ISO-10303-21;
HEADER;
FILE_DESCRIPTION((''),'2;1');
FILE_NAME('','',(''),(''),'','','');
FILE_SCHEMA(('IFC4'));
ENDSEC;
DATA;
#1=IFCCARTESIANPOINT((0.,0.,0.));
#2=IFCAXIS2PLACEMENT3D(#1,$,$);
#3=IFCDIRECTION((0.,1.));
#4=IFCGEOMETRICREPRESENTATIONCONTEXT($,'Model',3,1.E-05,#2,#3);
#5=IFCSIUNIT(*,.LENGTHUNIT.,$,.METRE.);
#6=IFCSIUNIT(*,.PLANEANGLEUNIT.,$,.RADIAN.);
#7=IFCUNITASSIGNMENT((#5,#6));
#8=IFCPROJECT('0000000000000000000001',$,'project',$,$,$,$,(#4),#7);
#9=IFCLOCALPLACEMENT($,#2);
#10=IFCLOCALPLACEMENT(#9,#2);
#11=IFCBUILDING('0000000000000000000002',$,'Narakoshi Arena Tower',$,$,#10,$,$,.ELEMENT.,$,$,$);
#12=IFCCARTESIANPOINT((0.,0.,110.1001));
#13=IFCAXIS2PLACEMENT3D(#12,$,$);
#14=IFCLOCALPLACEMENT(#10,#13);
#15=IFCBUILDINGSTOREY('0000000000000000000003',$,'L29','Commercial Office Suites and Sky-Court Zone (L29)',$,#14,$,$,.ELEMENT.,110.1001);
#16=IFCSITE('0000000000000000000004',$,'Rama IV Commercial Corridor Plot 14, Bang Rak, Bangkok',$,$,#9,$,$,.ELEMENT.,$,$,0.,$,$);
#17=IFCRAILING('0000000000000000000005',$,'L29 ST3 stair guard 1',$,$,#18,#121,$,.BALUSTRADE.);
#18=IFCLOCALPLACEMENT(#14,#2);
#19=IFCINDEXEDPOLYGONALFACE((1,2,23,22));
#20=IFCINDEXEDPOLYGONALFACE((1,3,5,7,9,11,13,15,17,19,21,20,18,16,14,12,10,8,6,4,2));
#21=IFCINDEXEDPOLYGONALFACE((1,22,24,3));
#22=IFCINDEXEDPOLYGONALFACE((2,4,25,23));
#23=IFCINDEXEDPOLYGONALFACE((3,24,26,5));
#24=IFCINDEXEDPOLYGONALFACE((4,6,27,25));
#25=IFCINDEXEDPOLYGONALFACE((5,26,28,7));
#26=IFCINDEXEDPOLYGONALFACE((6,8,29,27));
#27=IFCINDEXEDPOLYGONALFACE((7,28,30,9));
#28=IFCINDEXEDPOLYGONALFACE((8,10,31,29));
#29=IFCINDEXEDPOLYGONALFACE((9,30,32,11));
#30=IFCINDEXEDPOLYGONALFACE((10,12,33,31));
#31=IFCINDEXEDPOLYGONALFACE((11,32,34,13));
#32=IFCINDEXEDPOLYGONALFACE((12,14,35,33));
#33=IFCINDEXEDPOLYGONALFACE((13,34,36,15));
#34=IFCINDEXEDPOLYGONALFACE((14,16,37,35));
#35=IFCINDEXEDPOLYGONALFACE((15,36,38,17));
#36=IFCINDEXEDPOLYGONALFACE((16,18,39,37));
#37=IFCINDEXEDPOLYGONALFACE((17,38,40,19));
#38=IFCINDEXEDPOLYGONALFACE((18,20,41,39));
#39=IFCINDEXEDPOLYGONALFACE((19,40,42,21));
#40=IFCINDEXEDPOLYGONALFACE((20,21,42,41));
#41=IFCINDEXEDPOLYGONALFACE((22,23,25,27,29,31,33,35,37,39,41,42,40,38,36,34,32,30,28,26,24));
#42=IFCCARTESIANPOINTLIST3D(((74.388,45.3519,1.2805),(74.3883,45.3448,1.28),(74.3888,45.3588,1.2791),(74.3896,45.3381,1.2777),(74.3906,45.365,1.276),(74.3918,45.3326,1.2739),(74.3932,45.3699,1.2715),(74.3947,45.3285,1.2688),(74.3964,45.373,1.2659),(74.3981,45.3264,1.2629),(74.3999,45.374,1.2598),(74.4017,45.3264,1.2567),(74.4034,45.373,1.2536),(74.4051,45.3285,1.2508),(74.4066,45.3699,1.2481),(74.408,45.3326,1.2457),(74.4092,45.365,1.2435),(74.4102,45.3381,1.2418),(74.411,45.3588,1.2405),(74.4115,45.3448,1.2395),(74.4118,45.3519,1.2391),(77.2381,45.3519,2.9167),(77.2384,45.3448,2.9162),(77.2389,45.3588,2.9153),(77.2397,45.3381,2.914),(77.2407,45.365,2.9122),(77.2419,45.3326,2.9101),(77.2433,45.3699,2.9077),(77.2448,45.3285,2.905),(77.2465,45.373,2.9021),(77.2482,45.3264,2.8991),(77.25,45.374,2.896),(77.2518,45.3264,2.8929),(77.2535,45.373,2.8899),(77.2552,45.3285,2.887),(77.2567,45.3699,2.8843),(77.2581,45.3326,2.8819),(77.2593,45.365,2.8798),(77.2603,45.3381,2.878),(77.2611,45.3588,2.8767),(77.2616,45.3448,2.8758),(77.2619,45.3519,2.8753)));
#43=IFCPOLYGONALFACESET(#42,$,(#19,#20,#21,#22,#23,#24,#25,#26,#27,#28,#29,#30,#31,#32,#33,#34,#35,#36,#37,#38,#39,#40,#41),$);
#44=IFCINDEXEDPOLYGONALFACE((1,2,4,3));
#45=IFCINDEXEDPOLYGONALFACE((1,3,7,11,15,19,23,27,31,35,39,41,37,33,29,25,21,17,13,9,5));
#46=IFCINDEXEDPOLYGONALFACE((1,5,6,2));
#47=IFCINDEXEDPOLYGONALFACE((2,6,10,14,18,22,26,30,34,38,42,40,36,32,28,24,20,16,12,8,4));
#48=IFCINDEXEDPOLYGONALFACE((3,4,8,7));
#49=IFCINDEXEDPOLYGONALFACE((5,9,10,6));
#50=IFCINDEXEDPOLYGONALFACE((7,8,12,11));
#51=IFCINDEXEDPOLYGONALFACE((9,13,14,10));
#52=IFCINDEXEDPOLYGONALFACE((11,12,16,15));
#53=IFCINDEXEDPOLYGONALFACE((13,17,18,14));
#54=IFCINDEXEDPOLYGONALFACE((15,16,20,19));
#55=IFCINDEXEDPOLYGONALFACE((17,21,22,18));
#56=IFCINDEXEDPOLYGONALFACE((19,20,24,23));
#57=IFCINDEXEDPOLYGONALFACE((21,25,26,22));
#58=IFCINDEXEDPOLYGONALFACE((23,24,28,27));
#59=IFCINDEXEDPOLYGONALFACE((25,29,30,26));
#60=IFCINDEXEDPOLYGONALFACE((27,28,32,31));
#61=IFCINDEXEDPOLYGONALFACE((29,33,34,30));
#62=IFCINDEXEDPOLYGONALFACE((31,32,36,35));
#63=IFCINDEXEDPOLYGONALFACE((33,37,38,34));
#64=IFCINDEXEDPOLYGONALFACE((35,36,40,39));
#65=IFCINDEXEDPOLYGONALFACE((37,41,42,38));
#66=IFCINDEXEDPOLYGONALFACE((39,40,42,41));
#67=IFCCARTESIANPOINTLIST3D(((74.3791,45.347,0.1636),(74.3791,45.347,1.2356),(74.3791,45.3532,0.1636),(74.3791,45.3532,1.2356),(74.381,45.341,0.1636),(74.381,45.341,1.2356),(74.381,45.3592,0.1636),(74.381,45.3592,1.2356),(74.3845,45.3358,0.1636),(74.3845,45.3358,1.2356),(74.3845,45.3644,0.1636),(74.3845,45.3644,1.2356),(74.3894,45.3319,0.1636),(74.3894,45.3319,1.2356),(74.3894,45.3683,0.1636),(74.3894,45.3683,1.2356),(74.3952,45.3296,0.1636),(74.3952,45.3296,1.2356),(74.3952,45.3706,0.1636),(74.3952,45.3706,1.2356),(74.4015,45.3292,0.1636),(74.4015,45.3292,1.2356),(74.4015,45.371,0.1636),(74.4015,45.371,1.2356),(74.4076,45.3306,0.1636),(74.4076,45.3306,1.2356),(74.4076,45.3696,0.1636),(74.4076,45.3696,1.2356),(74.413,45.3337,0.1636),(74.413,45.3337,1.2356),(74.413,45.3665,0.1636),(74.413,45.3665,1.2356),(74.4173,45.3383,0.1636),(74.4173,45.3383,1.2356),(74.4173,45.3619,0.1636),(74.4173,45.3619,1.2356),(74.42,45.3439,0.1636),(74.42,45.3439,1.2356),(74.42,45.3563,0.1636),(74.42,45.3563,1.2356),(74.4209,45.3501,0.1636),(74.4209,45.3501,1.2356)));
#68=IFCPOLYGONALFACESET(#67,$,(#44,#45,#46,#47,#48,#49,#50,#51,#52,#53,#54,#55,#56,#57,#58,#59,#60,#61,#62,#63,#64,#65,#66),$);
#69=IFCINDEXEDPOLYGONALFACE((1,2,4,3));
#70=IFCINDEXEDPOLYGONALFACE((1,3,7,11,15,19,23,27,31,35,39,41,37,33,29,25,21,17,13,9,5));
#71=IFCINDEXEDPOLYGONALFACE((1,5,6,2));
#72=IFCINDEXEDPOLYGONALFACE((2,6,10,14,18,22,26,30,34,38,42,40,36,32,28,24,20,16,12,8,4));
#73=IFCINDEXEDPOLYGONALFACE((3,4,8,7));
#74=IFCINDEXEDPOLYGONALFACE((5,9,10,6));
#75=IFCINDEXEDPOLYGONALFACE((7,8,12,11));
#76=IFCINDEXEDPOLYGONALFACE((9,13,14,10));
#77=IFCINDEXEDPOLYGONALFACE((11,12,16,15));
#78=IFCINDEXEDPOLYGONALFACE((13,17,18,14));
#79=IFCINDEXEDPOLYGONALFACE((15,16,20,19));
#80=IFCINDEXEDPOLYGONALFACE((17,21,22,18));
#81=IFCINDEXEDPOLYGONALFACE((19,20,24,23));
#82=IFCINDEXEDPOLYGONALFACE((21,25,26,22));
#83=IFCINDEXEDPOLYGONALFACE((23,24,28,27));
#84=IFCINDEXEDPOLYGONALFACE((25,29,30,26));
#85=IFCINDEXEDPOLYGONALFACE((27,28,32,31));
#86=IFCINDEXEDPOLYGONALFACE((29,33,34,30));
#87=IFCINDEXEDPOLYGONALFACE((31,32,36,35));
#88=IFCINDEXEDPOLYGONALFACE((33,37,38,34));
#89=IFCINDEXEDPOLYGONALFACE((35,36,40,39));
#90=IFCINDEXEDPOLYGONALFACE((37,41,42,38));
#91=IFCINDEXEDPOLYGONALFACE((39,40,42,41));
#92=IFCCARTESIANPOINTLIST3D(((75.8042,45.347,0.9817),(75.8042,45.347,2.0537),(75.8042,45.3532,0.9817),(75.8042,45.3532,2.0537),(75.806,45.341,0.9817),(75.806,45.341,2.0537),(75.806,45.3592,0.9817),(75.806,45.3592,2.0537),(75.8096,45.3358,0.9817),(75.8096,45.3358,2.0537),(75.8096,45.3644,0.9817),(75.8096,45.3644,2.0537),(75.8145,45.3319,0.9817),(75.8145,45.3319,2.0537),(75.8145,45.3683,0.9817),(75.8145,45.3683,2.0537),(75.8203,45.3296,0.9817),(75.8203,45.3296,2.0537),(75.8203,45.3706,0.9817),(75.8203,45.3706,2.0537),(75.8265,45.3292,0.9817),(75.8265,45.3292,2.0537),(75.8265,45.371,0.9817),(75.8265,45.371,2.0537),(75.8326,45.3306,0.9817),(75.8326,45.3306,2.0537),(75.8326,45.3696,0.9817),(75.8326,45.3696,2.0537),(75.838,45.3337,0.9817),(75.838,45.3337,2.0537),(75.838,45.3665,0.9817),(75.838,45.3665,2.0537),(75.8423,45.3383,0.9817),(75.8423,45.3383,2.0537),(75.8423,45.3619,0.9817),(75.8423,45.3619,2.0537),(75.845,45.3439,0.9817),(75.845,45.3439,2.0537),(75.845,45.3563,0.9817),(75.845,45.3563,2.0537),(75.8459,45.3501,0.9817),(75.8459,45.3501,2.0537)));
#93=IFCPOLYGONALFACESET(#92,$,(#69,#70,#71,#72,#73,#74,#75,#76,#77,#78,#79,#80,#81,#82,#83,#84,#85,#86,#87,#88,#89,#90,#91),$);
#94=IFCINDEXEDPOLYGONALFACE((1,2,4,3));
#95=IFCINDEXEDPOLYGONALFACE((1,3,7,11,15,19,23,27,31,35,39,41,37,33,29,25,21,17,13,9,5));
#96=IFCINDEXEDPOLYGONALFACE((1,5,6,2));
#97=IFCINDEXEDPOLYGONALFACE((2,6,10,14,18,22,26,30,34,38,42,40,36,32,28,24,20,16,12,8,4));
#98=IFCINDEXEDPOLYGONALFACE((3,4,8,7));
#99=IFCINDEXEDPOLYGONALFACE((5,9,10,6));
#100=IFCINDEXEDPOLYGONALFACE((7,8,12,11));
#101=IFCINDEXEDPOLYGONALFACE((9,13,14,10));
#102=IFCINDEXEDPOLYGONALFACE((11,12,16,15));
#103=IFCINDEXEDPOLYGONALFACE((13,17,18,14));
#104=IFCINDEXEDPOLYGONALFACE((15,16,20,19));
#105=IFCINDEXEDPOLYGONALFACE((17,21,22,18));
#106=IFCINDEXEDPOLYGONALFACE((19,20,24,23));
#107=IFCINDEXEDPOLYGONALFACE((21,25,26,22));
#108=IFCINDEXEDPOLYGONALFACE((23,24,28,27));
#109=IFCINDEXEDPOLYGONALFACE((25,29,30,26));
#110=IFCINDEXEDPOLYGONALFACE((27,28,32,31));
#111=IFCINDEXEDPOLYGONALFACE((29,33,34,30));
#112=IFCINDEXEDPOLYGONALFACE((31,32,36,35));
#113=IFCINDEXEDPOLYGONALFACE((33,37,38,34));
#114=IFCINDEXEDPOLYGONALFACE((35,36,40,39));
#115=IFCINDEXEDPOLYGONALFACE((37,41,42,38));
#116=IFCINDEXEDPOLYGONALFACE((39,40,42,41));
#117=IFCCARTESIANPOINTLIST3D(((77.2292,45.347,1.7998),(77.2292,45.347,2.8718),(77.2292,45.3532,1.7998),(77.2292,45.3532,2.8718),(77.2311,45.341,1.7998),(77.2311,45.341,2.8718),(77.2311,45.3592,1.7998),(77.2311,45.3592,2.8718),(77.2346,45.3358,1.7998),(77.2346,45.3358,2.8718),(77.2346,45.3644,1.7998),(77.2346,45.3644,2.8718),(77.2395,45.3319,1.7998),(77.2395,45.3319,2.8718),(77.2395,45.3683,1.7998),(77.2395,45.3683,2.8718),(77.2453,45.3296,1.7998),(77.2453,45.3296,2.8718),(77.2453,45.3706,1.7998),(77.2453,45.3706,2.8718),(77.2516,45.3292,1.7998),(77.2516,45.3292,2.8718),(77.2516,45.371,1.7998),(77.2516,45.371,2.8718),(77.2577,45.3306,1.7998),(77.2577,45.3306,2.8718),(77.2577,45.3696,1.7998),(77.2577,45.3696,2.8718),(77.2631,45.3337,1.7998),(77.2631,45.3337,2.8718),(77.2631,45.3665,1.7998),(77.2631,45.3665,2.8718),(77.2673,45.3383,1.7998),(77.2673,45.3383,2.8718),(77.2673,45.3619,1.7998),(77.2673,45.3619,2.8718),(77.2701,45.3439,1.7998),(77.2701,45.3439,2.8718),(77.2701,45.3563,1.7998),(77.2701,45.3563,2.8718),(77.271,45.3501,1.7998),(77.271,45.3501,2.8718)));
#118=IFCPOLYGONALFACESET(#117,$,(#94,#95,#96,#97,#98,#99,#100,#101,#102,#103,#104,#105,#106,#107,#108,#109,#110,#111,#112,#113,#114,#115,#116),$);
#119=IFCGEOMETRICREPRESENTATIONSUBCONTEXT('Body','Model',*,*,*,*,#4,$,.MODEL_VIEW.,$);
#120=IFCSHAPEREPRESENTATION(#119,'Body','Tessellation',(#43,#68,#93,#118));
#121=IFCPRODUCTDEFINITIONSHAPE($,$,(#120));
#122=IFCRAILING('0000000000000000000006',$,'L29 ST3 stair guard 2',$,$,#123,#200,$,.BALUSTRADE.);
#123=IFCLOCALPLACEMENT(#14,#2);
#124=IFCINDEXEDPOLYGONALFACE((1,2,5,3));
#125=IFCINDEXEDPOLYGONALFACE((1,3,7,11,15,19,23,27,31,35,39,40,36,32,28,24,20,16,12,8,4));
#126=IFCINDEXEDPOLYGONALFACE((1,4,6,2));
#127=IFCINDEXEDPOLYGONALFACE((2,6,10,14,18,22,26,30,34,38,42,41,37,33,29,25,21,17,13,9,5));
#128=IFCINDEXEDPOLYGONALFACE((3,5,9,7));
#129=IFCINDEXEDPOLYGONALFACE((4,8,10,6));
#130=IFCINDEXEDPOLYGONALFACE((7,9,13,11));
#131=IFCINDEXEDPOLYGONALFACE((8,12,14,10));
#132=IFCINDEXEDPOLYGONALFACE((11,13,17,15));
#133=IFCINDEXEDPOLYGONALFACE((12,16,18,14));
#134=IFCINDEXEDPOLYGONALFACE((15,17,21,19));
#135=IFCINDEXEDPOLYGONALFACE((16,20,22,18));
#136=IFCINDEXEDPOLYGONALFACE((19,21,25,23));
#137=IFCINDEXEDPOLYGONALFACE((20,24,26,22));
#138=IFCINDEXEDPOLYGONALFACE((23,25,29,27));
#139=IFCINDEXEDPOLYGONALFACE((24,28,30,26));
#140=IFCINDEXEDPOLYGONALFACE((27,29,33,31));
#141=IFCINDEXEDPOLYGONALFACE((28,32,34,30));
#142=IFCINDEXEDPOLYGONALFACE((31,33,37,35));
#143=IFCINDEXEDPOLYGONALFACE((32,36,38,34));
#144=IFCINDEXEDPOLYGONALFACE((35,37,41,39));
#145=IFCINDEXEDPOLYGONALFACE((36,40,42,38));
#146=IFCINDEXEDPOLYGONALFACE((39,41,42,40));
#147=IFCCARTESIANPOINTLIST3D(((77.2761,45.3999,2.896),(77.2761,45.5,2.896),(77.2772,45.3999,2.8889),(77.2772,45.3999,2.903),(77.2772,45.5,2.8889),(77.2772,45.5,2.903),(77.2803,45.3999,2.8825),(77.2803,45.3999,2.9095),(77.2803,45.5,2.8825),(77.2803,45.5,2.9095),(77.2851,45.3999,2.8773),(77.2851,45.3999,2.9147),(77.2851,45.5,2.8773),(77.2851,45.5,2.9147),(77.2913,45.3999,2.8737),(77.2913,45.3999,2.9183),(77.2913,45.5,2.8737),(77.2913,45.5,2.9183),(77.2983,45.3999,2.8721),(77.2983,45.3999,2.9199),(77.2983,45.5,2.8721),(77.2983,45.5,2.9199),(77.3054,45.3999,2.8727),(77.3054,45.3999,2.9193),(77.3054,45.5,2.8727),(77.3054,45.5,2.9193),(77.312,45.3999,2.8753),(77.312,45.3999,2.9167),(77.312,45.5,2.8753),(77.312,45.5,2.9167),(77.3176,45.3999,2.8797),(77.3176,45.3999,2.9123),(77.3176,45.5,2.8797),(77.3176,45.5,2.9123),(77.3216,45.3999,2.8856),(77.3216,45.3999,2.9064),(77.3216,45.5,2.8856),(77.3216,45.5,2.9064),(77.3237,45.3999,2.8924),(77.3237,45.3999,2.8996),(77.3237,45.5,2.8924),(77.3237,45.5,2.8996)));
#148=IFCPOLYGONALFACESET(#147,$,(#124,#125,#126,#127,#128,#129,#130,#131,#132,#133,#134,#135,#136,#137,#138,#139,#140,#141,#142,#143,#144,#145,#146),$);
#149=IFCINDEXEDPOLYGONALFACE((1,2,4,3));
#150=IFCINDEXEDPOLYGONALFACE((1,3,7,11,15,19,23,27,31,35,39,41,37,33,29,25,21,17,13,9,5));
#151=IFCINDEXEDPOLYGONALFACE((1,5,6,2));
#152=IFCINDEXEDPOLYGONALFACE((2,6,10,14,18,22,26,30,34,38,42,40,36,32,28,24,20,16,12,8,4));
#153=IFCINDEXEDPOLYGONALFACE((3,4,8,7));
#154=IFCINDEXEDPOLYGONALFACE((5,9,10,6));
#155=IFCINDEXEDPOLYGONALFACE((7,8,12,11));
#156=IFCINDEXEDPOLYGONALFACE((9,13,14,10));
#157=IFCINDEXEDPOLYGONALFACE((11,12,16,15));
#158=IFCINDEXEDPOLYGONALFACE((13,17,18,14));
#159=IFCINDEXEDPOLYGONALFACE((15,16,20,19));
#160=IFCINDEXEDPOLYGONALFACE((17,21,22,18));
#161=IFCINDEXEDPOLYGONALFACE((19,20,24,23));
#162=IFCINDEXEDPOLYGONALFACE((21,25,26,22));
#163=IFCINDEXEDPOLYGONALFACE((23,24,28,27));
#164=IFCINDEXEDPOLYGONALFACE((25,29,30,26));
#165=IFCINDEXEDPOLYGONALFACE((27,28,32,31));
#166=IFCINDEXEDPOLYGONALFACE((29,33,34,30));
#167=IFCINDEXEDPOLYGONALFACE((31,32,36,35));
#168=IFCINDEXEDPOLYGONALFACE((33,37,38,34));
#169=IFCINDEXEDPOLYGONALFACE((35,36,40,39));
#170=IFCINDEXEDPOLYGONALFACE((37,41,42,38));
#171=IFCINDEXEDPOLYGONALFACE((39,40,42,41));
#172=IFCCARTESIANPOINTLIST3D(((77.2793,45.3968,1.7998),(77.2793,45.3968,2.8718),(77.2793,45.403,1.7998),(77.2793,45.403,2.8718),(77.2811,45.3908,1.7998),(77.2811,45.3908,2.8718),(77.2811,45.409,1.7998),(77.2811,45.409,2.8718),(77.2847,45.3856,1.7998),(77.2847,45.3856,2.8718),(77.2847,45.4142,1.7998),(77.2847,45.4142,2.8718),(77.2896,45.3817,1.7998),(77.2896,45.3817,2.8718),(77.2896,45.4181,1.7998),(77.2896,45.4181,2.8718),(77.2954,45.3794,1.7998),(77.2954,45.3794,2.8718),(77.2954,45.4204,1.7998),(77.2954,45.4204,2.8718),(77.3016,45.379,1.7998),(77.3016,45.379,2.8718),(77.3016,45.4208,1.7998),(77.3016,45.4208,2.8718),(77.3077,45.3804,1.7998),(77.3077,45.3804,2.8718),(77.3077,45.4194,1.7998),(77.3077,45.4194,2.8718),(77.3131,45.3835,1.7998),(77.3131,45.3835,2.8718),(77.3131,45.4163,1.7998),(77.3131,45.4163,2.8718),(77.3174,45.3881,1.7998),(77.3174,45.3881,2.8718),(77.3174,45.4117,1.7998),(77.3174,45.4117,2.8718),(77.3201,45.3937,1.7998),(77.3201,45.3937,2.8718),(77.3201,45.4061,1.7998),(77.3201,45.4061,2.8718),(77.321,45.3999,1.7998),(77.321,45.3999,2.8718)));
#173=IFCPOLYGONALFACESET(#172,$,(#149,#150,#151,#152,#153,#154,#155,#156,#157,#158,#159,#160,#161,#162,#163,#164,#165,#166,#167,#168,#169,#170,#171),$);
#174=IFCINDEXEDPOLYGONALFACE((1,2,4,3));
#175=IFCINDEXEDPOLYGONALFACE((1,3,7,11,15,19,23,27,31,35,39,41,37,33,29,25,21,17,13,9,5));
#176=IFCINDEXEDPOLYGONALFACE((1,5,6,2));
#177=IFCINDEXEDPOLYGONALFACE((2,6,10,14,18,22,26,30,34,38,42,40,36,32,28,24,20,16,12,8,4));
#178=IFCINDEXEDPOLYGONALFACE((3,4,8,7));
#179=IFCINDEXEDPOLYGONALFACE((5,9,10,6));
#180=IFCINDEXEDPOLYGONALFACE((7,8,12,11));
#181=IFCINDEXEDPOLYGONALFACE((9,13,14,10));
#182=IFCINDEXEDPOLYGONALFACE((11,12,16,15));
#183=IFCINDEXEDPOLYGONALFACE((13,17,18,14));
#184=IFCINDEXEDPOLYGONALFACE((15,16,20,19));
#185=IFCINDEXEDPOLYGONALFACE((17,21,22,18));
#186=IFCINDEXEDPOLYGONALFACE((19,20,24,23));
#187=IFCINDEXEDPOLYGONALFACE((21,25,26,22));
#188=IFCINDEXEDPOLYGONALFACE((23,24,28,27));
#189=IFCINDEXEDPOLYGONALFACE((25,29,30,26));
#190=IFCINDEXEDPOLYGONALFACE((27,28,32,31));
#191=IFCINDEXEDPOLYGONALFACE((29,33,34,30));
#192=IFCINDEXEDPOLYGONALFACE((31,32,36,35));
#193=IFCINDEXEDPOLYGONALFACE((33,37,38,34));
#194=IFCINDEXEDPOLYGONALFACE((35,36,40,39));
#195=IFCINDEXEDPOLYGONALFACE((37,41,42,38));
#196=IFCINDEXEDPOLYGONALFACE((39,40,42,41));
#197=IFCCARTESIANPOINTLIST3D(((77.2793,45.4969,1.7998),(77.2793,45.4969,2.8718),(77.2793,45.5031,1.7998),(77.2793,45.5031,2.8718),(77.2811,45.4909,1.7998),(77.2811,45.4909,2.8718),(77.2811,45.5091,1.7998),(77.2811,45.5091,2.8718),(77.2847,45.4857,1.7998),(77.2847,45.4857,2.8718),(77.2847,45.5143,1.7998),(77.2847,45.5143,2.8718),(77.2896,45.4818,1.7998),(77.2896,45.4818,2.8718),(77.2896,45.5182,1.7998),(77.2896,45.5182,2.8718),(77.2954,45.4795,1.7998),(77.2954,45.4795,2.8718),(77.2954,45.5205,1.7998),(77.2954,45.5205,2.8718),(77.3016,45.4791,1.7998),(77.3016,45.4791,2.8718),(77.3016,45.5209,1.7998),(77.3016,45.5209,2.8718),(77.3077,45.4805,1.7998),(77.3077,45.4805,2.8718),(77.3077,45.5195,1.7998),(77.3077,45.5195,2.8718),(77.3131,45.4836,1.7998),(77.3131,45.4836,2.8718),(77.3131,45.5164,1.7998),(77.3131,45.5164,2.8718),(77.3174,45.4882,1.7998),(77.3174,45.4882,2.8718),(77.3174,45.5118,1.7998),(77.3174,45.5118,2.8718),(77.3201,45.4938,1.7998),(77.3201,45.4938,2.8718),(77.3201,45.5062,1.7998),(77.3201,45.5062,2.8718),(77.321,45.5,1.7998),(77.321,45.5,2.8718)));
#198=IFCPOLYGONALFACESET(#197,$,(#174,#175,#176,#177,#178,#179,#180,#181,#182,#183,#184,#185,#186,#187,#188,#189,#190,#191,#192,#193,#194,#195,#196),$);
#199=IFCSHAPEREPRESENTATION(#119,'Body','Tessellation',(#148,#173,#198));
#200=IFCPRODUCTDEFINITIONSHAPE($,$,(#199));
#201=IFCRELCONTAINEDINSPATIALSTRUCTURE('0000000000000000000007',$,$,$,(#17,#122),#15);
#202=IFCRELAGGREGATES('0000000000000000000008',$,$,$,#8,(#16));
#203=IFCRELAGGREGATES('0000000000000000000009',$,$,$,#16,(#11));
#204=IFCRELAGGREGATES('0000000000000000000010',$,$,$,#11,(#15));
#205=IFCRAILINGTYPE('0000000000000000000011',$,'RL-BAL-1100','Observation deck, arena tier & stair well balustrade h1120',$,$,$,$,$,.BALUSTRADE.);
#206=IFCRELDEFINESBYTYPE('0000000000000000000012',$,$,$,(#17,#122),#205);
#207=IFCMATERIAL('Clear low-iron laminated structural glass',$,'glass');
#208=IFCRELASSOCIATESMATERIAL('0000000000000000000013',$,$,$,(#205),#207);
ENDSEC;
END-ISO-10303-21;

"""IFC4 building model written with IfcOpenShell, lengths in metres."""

from ifc_helpers import new_model, si_unit, direction, frame, origin, origin_2d, place, context, subcontext, project, spatial, circle, extrude, material, type_object, element, save


model = new_model("IFC4")

# Units and contexts
model_context = context("Model", 3, precision=1e-05, world=origin(), true_north=direction((0.0, 1.0)))
body_context = subcontext(model_context, "Body", "Model", "MODEL_VIEW")
ifc_project = project(units=[si_unit("LENGTHUNIT", "METRE"), si_unit("PLANEANGLEUNIT", "RADIAN")], contexts=[model_context])

# Site, building, storey
site_placement = place(None, origin())
site = spatial("IfcSite", under=ifc_project, at=site_placement, Name="Rama IV Commercial Corridor Plot 14, Bang Rak, Bangkok", CompositionType="ELEMENT", RefElevation=0.0)
building_placement = place(site_placement, origin())
building = spatial("IfcBuilding", under=site, at=building_placement, Name="Narakoshi Arena Tower", CompositionType="ELEMENT")
storey_placement = place(building_placement, frame((0.0, 0.0, 110.1001)))
storey = spatial("IfcBuildingStorey", under=building, at=storey_placement, Name="L29", Description="Commercial Office Suites and Sky-Court Zone (L29)", CompositionType="ELEMENT", Elevation=110.1001)

# Railings
ifc_material_1 = material(Name="Clear low-iron laminated structural glass", Category="glass")
railing_type_1 = type_object("IfcRailingType", Name="RL-BAL-1100", Description="Observation deck, arena tier & stair well balustrade h1120", PredefinedType="BALUSTRADE", material=ifc_material_1)
railing_1_placement = place(storey_placement, frame((74.3999, 45.3501, 0.1636)))
element("IfcRailing", 1, at=railing_1_placement, inside=storey, type_object=railing_type_1, Name="L29 ST3 stair guard 1", PredefinedType="BALUSTRADE", context=body_context, shape_type="SweptSolid", body=[
    extrude(circle(Radius=0.0239, at=origin_2d()), frame((0.0, 0.0, 1.0962), z_axis=(0.867245, 0.0, 0.497882), x_axis=(0.0, 1.0, 0.0)), (0.0, 0.0, 1.0), 3.2864),
    extrude(circle(Radius=0.021, at=origin_2d()), origin(), (0.0, 0.0, 1.0), 1.072),
    extrude(circle(Radius=0.021, at=origin_2d()), frame((1.425, 0.0, 0.8181)), (0.0, 0.0, 1.0), 1.072),
    extrude(circle(Radius=0.021, at=origin_2d()), frame((2.8501, 0.0, 1.6362)), (0.0, 0.0, 1.0), 1.072),
])
for number, where, name in (
    (2, (77.3, 45.3999, 1.7998), "L29 ST3 stair guard 2"),
):
    element("IfcRailing", number, at=place(storey_placement, frame(where)), inside=storey, type_object=railing_type_1, Name=name, PredefinedType="BALUSTRADE", context=body_context, shape_type="SweptSolid", body=[
        extrude(circle(Radius=0.0239, at=origin_2d()), frame((0.0, 0.0, 1.0962), z_axis=(0.0, 1.0, 0.0), x_axis=(-1.0, 0.0, 0.0)), (0.0, 0.0, 1.0), 0.1001),
        extrude(circle(Radius=0.021, at=origin_2d()), origin(), (0.0, 0.0, 1.0), 1.072),
        extrude(circle(Radius=0.021, at=origin_2d()), frame((0.0, 0.1001, 0.0)), (0.0, 0.0, 1.0), 1.072),
    ])

save(model, "model.ifc")
